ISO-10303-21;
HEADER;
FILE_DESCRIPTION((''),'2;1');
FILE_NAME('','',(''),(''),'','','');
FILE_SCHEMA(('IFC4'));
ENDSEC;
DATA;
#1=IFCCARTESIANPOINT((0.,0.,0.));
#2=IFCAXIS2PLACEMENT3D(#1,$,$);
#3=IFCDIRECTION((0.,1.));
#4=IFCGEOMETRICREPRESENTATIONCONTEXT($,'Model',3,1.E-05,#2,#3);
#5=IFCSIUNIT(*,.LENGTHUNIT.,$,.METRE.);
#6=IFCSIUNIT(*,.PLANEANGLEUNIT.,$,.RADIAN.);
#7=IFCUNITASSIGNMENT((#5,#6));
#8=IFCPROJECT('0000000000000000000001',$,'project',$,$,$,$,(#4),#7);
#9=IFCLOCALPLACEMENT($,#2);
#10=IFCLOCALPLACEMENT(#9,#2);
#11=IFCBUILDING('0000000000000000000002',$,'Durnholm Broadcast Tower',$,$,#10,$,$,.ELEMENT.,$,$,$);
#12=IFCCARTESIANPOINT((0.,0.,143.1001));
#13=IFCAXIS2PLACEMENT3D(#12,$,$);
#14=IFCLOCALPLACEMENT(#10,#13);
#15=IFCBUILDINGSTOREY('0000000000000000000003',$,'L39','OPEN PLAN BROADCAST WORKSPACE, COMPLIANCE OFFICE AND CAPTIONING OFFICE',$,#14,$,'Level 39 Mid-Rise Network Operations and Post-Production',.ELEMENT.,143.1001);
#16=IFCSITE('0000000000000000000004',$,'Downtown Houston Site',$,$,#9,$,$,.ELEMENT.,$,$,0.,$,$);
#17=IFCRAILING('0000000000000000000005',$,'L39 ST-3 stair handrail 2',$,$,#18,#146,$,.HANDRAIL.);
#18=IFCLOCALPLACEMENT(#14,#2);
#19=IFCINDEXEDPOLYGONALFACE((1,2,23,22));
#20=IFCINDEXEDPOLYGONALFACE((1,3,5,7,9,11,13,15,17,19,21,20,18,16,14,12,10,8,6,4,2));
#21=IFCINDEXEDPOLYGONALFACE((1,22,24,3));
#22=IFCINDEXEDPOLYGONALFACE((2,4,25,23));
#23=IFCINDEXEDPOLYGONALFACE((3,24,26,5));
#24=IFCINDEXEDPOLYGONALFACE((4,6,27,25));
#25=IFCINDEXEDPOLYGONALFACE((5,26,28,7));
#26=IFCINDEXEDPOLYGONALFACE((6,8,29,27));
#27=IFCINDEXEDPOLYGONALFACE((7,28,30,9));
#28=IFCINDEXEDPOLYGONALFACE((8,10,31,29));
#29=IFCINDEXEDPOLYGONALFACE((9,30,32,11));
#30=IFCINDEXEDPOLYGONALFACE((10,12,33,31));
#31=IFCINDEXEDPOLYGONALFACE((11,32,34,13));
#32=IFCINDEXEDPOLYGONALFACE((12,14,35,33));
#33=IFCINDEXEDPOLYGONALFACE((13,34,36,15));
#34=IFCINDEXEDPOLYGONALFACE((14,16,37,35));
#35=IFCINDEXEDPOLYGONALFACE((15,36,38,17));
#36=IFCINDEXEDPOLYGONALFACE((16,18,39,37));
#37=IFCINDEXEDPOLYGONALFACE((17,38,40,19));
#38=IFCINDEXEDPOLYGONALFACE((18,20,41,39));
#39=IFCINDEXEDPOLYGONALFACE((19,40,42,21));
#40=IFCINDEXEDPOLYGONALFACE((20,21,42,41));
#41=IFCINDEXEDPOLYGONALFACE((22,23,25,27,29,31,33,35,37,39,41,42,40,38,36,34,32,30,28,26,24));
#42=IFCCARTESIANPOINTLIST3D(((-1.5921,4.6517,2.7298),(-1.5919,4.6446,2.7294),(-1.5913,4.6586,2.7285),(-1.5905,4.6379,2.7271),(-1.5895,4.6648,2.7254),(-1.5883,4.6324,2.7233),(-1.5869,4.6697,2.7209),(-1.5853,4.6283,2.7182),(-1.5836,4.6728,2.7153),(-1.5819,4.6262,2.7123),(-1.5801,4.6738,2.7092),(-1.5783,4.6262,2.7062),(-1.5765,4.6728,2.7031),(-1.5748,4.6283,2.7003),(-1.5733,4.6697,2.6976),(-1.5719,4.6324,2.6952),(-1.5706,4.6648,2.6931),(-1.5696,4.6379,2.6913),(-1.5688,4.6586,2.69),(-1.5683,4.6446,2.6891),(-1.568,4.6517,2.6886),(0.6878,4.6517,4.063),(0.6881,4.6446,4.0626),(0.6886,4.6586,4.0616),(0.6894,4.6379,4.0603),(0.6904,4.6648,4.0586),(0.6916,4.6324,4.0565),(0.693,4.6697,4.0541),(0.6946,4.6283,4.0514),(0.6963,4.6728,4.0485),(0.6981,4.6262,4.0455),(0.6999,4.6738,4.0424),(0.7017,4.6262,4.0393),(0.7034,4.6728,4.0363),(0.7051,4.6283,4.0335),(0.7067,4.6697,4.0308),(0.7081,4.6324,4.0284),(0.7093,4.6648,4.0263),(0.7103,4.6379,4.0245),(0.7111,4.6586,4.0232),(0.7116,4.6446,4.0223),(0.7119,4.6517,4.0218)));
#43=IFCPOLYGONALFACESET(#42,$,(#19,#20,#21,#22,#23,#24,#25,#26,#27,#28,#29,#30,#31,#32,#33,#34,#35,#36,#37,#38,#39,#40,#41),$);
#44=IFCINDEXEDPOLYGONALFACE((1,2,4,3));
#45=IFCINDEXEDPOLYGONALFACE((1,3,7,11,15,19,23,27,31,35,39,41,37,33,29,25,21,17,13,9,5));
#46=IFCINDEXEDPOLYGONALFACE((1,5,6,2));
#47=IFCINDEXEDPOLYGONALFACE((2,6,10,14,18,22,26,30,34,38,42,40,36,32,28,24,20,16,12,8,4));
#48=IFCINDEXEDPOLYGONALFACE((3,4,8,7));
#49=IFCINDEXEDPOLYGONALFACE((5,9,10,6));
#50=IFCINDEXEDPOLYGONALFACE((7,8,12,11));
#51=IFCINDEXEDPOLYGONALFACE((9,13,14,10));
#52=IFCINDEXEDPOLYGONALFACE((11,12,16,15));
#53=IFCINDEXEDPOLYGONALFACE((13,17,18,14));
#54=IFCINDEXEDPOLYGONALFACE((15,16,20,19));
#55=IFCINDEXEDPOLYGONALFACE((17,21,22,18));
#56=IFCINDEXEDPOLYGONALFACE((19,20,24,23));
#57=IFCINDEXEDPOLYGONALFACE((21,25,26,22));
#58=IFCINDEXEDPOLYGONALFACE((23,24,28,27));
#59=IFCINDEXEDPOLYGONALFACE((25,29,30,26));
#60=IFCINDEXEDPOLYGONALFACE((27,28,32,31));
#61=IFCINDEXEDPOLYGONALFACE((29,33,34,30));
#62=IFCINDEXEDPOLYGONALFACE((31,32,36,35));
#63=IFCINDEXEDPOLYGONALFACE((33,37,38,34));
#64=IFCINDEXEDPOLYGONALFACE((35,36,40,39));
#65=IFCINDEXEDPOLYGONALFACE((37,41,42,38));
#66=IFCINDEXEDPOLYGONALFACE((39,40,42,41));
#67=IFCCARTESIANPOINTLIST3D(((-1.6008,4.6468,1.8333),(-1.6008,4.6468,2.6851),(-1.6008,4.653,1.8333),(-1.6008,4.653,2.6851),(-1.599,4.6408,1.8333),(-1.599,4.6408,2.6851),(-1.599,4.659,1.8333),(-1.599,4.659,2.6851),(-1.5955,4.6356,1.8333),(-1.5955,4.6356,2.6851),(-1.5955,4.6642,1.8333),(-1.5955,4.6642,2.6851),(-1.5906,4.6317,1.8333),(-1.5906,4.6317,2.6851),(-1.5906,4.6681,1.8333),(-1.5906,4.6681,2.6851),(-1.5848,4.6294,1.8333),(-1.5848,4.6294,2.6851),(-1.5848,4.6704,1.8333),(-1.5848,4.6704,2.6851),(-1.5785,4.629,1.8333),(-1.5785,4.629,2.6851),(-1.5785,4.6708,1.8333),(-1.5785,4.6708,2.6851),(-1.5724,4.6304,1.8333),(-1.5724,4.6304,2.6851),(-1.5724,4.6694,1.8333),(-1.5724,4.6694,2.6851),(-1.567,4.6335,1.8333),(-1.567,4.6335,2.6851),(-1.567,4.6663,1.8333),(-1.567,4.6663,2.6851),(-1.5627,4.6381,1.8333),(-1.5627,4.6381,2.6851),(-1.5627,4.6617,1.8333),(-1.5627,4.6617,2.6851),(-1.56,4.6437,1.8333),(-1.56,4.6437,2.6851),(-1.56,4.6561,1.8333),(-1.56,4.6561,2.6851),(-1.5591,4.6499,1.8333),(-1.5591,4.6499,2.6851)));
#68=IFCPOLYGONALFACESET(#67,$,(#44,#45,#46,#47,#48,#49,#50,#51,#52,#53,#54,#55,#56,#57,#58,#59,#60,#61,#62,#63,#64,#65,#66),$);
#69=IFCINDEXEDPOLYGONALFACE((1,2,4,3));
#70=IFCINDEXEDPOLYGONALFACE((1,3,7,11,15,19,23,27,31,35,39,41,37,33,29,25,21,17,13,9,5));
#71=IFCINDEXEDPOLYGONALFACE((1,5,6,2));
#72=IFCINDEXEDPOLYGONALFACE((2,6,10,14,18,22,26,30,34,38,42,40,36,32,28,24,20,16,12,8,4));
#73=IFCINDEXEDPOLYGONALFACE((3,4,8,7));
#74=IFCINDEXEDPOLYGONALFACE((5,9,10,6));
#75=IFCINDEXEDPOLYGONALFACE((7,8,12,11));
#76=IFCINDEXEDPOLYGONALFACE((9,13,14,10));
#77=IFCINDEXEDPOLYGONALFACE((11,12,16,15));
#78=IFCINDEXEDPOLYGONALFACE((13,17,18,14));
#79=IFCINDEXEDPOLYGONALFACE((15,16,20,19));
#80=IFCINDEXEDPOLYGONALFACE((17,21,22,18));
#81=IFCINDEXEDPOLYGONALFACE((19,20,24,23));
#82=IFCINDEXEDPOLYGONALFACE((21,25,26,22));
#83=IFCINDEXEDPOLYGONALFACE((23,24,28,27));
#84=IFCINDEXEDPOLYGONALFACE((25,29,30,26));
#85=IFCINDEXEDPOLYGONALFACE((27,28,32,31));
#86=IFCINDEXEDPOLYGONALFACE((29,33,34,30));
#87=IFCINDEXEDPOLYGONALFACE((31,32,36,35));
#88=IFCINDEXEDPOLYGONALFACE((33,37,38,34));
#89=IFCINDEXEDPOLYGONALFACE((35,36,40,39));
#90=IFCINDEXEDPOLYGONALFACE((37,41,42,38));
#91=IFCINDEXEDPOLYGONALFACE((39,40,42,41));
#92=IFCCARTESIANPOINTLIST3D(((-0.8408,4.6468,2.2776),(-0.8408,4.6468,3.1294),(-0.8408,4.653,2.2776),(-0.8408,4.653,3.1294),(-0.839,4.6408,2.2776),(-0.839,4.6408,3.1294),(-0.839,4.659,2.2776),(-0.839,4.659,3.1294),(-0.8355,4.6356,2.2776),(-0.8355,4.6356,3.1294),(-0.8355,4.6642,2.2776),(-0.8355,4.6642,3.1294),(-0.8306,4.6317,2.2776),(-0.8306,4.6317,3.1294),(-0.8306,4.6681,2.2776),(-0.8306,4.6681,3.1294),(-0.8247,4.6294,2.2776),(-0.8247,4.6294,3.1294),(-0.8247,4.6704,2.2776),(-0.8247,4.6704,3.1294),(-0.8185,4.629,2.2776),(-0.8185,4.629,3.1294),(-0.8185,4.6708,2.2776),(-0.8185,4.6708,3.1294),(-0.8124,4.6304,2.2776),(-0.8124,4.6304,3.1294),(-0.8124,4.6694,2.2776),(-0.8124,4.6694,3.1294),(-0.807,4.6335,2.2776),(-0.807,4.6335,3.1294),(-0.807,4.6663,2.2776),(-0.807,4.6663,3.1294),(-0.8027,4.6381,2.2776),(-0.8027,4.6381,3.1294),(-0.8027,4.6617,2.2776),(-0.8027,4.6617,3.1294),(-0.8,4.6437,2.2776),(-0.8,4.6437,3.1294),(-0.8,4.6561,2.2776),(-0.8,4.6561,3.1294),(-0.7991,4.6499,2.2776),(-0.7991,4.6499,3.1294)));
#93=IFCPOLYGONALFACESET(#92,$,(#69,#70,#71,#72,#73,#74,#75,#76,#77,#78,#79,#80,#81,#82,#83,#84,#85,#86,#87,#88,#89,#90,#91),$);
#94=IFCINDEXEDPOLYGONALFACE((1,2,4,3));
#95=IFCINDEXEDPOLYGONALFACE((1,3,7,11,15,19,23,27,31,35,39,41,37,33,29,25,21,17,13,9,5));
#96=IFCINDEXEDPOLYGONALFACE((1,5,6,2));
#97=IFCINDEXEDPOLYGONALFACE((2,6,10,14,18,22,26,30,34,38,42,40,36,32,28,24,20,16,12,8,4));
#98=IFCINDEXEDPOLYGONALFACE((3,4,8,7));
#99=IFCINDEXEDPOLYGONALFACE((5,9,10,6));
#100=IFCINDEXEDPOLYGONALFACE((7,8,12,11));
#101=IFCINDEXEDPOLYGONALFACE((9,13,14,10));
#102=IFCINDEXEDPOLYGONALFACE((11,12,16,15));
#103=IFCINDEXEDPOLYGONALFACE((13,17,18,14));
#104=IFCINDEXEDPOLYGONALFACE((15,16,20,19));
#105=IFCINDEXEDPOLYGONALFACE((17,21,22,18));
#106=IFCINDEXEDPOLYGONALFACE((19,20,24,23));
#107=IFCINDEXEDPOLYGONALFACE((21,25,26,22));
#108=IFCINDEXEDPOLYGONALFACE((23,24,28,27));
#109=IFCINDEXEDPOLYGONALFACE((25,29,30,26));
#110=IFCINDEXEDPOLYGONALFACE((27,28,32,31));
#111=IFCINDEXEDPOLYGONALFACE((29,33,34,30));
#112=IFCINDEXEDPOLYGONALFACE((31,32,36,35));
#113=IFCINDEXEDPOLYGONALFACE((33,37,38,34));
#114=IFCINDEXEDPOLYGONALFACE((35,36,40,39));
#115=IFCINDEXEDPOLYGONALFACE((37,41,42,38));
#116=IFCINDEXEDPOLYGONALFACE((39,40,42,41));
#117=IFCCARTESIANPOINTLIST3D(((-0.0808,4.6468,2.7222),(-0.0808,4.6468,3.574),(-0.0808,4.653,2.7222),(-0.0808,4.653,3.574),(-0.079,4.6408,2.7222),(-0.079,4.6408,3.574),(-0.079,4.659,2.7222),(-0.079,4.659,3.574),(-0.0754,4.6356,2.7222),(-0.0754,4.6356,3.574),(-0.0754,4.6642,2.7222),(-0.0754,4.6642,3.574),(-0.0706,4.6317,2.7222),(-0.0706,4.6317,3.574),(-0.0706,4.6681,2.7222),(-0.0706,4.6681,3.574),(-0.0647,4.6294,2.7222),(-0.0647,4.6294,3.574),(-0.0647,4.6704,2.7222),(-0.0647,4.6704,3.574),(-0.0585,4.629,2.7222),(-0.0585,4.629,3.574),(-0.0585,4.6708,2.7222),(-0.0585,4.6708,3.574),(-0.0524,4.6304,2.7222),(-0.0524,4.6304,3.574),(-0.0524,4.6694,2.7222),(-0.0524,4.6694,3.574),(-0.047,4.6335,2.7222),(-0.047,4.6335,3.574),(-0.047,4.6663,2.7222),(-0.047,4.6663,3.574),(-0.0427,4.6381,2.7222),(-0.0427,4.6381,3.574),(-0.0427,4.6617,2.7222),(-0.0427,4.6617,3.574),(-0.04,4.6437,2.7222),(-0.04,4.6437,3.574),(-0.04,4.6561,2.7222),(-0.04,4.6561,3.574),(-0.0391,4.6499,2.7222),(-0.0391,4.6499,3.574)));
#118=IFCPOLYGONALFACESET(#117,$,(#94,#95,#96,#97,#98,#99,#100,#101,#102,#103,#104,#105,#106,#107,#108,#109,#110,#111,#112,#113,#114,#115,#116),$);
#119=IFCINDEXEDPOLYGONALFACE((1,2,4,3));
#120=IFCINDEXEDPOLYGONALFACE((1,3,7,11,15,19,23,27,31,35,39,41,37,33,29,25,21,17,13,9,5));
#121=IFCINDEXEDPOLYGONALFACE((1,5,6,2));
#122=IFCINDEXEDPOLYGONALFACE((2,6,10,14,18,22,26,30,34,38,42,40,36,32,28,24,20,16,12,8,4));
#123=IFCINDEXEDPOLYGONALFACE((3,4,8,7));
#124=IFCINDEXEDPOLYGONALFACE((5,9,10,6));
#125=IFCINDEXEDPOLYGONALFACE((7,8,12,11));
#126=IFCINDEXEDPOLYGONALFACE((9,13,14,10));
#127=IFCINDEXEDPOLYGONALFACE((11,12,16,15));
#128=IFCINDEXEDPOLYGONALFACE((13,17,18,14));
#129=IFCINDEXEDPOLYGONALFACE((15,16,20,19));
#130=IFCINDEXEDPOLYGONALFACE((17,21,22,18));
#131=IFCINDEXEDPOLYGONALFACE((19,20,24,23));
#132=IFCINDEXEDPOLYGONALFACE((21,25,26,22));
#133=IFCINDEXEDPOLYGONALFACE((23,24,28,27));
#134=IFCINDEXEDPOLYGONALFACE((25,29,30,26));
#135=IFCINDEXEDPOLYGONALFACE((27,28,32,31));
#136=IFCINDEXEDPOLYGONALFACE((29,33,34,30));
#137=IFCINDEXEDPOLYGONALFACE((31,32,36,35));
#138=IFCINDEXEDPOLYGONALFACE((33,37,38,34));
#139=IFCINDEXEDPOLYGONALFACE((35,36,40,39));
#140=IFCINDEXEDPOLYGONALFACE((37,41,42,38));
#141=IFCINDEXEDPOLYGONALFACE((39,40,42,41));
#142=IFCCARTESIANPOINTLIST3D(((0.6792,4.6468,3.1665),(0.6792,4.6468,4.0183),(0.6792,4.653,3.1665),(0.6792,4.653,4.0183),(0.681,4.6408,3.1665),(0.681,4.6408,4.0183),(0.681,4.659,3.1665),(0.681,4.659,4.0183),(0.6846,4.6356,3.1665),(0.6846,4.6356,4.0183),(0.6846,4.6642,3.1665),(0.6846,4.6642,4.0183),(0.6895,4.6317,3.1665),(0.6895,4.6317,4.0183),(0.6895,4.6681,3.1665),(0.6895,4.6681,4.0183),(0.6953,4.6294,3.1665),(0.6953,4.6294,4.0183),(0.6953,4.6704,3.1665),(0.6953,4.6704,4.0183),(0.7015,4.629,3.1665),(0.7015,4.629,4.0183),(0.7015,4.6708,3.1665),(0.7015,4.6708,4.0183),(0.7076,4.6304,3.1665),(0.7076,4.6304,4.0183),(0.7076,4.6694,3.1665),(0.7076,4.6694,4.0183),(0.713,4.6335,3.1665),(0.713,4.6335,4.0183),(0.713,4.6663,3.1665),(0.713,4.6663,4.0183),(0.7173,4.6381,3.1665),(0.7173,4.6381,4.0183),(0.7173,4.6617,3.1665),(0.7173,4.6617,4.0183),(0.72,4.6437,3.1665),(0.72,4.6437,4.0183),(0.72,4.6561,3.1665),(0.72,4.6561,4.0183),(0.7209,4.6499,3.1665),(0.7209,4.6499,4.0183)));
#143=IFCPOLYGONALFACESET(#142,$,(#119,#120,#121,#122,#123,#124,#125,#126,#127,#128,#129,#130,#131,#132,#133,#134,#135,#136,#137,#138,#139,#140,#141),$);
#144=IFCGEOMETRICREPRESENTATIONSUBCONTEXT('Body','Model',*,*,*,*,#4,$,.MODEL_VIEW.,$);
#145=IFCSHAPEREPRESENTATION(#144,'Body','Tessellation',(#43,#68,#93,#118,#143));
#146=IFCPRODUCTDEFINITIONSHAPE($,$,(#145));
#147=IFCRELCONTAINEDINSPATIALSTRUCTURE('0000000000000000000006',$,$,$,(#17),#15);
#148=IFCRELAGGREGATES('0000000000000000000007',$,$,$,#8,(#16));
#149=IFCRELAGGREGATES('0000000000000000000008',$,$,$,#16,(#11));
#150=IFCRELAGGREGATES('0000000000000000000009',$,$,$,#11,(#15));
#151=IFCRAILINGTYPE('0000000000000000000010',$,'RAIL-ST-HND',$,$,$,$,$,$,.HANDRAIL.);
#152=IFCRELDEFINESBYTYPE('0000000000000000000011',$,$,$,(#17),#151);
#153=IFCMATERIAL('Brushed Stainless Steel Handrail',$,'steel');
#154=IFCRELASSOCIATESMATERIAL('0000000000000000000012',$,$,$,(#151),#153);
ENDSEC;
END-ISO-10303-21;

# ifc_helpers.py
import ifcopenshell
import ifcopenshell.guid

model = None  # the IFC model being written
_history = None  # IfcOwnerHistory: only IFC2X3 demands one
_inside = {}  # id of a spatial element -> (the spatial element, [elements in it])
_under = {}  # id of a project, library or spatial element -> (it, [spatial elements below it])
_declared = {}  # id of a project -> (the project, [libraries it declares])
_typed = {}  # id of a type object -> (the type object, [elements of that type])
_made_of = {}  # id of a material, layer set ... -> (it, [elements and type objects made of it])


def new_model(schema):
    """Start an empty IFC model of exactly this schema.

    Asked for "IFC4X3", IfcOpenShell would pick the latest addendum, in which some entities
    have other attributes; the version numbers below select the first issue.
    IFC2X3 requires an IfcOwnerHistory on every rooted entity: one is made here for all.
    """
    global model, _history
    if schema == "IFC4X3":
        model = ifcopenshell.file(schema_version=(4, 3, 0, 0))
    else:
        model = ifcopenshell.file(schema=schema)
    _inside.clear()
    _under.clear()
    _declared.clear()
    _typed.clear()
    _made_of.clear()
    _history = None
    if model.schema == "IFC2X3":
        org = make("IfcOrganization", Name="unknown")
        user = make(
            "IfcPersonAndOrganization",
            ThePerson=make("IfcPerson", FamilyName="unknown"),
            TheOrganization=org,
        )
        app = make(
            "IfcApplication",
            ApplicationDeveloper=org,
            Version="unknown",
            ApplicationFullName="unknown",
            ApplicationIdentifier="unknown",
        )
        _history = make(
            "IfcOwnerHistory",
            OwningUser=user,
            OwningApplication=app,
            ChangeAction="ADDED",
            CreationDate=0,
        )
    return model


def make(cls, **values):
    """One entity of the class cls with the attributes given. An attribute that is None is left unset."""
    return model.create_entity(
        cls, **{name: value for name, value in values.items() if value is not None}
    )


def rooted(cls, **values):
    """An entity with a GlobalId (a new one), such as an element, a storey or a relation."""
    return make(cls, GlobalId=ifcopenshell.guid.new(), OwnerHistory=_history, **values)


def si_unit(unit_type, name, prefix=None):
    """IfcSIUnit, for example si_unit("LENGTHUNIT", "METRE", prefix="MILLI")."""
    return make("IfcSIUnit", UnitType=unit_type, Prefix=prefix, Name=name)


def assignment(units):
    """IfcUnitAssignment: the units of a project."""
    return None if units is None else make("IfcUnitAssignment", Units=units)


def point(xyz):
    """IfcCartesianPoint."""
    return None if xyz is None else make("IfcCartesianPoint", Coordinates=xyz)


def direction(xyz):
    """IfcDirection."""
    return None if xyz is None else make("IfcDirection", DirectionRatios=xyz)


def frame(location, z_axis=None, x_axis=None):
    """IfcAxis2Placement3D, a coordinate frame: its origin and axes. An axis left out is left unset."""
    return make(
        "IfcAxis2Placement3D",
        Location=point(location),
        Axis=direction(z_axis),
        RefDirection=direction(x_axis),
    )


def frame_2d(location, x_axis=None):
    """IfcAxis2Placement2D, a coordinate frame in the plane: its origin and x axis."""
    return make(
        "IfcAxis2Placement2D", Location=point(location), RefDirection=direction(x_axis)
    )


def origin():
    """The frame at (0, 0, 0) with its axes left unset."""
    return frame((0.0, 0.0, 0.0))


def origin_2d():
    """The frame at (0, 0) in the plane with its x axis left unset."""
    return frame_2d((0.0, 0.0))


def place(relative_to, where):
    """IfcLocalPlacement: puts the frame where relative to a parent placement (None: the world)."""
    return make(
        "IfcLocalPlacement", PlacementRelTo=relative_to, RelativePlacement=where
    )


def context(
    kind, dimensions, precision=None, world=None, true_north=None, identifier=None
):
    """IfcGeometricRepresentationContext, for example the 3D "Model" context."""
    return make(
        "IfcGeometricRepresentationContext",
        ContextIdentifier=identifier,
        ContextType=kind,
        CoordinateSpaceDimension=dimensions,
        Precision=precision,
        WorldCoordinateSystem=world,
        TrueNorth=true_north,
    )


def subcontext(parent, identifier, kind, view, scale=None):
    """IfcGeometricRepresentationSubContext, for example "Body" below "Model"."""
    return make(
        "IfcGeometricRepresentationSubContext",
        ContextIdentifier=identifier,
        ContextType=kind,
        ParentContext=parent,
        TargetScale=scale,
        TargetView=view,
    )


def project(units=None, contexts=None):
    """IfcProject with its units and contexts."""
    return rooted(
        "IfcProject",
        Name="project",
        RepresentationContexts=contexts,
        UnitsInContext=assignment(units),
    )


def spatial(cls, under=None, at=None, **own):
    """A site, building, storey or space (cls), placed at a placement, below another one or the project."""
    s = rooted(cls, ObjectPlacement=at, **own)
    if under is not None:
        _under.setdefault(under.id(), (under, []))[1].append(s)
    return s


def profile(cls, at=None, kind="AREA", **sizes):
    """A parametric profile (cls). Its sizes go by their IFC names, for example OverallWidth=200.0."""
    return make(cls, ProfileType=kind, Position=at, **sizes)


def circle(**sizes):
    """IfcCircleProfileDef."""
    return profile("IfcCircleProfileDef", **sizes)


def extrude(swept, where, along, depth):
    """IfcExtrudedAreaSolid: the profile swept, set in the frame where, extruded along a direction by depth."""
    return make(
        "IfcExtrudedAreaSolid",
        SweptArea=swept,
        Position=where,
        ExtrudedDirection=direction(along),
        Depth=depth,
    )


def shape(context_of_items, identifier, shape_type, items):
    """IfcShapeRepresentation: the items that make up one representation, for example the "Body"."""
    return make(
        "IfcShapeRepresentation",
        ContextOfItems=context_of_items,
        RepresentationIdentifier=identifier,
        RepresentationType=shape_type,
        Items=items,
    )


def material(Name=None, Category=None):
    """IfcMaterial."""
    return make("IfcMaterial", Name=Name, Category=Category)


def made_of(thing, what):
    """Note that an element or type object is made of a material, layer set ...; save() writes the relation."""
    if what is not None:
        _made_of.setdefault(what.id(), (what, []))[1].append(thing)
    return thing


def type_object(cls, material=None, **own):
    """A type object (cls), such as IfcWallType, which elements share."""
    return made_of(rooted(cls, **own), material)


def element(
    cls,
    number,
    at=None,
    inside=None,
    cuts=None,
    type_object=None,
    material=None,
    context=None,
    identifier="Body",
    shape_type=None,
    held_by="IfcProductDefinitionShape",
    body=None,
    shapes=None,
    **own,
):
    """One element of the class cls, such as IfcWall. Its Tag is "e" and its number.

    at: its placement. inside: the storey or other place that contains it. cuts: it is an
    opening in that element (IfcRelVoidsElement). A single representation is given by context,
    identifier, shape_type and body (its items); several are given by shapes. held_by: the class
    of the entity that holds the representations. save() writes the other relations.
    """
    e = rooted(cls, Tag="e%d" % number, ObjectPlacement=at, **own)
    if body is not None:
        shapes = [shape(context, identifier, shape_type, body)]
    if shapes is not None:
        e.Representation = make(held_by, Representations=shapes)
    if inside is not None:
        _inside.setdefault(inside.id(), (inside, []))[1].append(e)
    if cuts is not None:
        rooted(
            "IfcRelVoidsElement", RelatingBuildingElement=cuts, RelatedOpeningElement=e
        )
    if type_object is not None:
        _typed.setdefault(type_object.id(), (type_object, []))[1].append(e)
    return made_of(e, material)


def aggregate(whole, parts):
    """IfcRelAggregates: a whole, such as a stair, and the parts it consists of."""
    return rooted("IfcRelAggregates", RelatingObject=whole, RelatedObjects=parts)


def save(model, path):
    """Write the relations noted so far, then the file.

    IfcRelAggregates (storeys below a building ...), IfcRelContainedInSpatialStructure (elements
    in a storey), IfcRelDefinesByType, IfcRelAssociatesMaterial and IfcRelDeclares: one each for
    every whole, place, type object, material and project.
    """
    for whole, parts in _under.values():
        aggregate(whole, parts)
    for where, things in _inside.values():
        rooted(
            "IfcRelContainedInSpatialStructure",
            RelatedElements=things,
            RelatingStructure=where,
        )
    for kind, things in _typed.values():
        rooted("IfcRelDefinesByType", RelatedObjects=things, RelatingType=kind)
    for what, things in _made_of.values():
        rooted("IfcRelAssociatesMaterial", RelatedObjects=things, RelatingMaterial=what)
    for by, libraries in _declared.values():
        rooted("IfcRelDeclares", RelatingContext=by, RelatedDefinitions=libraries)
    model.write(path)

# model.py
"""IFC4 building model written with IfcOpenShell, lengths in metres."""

from ifc_helpers import new_model, si_unit, direction, frame, origin, origin_2d, place, context, subcontext, project, spatial, circle, extrude, material, type_object, element, save


model = new_model("IFC4")

# Units and contexts
model_context = context("Model", 3, precision=1e-05, world=origin(), true_north=direction((0.0, 1.0)))
body_context = subcontext(model_context, "Body", "Model", "MODEL_VIEW")
ifc_project = project(units=[si_unit("LENGTHUNIT", "METRE"), si_unit("PLANEANGLEUNIT", "RADIAN")], contexts=[model_context])

# Site, building, storey
site_placement = place(None, origin())
site = spatial("IfcSite", under=ifc_project, at=site_placement, Name="Downtown Houston Site", CompositionType="ELEMENT", RefElevation=0.0)
building_placement = place(site_placement, origin())
building = spatial("IfcBuilding", under=site, at=building_placement, Name="Durnholm Broadcast Tower", CompositionType="ELEMENT")
storey_placement = place(building_placement, frame((0.0, 0.0, 143.1001)))
storey = spatial("IfcBuildingStorey", under=building, at=storey_placement, Name="L39", Description="OPEN PLAN BROADCAST WORKSPACE, COMPLIANCE OFFICE AND CAPTIONING OFFICE", LongName="Level 39 Mid-Rise Network Operations and Post-Production", CompositionType="ELEMENT", Elevation=143.1001)

# Railing
ifc_material_1 = material(Name="Brushed Stainless Steel Handrail", Category="steel")
railing_type_1 = type_object("IfcRailingType", Name="RAIL-ST-HND", PredefinedType="HANDRAIL", material=ifc_material_1)
railing_1_placement = place(storey_placement, frame((-1.5801, 4.6499, 1.8333)))
element("IfcRailing", 1, at=railing_1_placement, inside=storey, type_object=railing_type_1, Name="L39 ST-3 stair handrail 2", PredefinedType="HANDRAIL", context=body_context, shape_type="SweptSolid", body=[
    extrude(circle(Radius=0.0239, at=origin_2d()), frame((0.0, 0.0, 0.876), z_axis=(0.863245, 0.0, 0.504785), x_axis=(0.0, 1.0, 0.0)), (0.0, 0.0, 1.0), 2.6411),
    extrude(circle(Radius=0.021, at=origin_2d()), origin(), (0.0, 0.0, 1.0), 0.8518),
    extrude(circle(Radius=0.021, at=origin_2d()), frame((0.76, 0.0, 0.4443)), (0.0, 0.0, 1.0), 0.8518),
    extrude(circle(Radius=0.021, at=origin_2d()), frame((1.52, 0.0, 0.8889)), (0.0, 0.0, 1.0), 0.8518),
    extrude(circle(Radius=0.021, at=origin_2d()), frame((2.28, 0.0, 1.3333)), (0.0, 0.0, 1.0), 0.8518),
])

save(model, "model.ifc")
